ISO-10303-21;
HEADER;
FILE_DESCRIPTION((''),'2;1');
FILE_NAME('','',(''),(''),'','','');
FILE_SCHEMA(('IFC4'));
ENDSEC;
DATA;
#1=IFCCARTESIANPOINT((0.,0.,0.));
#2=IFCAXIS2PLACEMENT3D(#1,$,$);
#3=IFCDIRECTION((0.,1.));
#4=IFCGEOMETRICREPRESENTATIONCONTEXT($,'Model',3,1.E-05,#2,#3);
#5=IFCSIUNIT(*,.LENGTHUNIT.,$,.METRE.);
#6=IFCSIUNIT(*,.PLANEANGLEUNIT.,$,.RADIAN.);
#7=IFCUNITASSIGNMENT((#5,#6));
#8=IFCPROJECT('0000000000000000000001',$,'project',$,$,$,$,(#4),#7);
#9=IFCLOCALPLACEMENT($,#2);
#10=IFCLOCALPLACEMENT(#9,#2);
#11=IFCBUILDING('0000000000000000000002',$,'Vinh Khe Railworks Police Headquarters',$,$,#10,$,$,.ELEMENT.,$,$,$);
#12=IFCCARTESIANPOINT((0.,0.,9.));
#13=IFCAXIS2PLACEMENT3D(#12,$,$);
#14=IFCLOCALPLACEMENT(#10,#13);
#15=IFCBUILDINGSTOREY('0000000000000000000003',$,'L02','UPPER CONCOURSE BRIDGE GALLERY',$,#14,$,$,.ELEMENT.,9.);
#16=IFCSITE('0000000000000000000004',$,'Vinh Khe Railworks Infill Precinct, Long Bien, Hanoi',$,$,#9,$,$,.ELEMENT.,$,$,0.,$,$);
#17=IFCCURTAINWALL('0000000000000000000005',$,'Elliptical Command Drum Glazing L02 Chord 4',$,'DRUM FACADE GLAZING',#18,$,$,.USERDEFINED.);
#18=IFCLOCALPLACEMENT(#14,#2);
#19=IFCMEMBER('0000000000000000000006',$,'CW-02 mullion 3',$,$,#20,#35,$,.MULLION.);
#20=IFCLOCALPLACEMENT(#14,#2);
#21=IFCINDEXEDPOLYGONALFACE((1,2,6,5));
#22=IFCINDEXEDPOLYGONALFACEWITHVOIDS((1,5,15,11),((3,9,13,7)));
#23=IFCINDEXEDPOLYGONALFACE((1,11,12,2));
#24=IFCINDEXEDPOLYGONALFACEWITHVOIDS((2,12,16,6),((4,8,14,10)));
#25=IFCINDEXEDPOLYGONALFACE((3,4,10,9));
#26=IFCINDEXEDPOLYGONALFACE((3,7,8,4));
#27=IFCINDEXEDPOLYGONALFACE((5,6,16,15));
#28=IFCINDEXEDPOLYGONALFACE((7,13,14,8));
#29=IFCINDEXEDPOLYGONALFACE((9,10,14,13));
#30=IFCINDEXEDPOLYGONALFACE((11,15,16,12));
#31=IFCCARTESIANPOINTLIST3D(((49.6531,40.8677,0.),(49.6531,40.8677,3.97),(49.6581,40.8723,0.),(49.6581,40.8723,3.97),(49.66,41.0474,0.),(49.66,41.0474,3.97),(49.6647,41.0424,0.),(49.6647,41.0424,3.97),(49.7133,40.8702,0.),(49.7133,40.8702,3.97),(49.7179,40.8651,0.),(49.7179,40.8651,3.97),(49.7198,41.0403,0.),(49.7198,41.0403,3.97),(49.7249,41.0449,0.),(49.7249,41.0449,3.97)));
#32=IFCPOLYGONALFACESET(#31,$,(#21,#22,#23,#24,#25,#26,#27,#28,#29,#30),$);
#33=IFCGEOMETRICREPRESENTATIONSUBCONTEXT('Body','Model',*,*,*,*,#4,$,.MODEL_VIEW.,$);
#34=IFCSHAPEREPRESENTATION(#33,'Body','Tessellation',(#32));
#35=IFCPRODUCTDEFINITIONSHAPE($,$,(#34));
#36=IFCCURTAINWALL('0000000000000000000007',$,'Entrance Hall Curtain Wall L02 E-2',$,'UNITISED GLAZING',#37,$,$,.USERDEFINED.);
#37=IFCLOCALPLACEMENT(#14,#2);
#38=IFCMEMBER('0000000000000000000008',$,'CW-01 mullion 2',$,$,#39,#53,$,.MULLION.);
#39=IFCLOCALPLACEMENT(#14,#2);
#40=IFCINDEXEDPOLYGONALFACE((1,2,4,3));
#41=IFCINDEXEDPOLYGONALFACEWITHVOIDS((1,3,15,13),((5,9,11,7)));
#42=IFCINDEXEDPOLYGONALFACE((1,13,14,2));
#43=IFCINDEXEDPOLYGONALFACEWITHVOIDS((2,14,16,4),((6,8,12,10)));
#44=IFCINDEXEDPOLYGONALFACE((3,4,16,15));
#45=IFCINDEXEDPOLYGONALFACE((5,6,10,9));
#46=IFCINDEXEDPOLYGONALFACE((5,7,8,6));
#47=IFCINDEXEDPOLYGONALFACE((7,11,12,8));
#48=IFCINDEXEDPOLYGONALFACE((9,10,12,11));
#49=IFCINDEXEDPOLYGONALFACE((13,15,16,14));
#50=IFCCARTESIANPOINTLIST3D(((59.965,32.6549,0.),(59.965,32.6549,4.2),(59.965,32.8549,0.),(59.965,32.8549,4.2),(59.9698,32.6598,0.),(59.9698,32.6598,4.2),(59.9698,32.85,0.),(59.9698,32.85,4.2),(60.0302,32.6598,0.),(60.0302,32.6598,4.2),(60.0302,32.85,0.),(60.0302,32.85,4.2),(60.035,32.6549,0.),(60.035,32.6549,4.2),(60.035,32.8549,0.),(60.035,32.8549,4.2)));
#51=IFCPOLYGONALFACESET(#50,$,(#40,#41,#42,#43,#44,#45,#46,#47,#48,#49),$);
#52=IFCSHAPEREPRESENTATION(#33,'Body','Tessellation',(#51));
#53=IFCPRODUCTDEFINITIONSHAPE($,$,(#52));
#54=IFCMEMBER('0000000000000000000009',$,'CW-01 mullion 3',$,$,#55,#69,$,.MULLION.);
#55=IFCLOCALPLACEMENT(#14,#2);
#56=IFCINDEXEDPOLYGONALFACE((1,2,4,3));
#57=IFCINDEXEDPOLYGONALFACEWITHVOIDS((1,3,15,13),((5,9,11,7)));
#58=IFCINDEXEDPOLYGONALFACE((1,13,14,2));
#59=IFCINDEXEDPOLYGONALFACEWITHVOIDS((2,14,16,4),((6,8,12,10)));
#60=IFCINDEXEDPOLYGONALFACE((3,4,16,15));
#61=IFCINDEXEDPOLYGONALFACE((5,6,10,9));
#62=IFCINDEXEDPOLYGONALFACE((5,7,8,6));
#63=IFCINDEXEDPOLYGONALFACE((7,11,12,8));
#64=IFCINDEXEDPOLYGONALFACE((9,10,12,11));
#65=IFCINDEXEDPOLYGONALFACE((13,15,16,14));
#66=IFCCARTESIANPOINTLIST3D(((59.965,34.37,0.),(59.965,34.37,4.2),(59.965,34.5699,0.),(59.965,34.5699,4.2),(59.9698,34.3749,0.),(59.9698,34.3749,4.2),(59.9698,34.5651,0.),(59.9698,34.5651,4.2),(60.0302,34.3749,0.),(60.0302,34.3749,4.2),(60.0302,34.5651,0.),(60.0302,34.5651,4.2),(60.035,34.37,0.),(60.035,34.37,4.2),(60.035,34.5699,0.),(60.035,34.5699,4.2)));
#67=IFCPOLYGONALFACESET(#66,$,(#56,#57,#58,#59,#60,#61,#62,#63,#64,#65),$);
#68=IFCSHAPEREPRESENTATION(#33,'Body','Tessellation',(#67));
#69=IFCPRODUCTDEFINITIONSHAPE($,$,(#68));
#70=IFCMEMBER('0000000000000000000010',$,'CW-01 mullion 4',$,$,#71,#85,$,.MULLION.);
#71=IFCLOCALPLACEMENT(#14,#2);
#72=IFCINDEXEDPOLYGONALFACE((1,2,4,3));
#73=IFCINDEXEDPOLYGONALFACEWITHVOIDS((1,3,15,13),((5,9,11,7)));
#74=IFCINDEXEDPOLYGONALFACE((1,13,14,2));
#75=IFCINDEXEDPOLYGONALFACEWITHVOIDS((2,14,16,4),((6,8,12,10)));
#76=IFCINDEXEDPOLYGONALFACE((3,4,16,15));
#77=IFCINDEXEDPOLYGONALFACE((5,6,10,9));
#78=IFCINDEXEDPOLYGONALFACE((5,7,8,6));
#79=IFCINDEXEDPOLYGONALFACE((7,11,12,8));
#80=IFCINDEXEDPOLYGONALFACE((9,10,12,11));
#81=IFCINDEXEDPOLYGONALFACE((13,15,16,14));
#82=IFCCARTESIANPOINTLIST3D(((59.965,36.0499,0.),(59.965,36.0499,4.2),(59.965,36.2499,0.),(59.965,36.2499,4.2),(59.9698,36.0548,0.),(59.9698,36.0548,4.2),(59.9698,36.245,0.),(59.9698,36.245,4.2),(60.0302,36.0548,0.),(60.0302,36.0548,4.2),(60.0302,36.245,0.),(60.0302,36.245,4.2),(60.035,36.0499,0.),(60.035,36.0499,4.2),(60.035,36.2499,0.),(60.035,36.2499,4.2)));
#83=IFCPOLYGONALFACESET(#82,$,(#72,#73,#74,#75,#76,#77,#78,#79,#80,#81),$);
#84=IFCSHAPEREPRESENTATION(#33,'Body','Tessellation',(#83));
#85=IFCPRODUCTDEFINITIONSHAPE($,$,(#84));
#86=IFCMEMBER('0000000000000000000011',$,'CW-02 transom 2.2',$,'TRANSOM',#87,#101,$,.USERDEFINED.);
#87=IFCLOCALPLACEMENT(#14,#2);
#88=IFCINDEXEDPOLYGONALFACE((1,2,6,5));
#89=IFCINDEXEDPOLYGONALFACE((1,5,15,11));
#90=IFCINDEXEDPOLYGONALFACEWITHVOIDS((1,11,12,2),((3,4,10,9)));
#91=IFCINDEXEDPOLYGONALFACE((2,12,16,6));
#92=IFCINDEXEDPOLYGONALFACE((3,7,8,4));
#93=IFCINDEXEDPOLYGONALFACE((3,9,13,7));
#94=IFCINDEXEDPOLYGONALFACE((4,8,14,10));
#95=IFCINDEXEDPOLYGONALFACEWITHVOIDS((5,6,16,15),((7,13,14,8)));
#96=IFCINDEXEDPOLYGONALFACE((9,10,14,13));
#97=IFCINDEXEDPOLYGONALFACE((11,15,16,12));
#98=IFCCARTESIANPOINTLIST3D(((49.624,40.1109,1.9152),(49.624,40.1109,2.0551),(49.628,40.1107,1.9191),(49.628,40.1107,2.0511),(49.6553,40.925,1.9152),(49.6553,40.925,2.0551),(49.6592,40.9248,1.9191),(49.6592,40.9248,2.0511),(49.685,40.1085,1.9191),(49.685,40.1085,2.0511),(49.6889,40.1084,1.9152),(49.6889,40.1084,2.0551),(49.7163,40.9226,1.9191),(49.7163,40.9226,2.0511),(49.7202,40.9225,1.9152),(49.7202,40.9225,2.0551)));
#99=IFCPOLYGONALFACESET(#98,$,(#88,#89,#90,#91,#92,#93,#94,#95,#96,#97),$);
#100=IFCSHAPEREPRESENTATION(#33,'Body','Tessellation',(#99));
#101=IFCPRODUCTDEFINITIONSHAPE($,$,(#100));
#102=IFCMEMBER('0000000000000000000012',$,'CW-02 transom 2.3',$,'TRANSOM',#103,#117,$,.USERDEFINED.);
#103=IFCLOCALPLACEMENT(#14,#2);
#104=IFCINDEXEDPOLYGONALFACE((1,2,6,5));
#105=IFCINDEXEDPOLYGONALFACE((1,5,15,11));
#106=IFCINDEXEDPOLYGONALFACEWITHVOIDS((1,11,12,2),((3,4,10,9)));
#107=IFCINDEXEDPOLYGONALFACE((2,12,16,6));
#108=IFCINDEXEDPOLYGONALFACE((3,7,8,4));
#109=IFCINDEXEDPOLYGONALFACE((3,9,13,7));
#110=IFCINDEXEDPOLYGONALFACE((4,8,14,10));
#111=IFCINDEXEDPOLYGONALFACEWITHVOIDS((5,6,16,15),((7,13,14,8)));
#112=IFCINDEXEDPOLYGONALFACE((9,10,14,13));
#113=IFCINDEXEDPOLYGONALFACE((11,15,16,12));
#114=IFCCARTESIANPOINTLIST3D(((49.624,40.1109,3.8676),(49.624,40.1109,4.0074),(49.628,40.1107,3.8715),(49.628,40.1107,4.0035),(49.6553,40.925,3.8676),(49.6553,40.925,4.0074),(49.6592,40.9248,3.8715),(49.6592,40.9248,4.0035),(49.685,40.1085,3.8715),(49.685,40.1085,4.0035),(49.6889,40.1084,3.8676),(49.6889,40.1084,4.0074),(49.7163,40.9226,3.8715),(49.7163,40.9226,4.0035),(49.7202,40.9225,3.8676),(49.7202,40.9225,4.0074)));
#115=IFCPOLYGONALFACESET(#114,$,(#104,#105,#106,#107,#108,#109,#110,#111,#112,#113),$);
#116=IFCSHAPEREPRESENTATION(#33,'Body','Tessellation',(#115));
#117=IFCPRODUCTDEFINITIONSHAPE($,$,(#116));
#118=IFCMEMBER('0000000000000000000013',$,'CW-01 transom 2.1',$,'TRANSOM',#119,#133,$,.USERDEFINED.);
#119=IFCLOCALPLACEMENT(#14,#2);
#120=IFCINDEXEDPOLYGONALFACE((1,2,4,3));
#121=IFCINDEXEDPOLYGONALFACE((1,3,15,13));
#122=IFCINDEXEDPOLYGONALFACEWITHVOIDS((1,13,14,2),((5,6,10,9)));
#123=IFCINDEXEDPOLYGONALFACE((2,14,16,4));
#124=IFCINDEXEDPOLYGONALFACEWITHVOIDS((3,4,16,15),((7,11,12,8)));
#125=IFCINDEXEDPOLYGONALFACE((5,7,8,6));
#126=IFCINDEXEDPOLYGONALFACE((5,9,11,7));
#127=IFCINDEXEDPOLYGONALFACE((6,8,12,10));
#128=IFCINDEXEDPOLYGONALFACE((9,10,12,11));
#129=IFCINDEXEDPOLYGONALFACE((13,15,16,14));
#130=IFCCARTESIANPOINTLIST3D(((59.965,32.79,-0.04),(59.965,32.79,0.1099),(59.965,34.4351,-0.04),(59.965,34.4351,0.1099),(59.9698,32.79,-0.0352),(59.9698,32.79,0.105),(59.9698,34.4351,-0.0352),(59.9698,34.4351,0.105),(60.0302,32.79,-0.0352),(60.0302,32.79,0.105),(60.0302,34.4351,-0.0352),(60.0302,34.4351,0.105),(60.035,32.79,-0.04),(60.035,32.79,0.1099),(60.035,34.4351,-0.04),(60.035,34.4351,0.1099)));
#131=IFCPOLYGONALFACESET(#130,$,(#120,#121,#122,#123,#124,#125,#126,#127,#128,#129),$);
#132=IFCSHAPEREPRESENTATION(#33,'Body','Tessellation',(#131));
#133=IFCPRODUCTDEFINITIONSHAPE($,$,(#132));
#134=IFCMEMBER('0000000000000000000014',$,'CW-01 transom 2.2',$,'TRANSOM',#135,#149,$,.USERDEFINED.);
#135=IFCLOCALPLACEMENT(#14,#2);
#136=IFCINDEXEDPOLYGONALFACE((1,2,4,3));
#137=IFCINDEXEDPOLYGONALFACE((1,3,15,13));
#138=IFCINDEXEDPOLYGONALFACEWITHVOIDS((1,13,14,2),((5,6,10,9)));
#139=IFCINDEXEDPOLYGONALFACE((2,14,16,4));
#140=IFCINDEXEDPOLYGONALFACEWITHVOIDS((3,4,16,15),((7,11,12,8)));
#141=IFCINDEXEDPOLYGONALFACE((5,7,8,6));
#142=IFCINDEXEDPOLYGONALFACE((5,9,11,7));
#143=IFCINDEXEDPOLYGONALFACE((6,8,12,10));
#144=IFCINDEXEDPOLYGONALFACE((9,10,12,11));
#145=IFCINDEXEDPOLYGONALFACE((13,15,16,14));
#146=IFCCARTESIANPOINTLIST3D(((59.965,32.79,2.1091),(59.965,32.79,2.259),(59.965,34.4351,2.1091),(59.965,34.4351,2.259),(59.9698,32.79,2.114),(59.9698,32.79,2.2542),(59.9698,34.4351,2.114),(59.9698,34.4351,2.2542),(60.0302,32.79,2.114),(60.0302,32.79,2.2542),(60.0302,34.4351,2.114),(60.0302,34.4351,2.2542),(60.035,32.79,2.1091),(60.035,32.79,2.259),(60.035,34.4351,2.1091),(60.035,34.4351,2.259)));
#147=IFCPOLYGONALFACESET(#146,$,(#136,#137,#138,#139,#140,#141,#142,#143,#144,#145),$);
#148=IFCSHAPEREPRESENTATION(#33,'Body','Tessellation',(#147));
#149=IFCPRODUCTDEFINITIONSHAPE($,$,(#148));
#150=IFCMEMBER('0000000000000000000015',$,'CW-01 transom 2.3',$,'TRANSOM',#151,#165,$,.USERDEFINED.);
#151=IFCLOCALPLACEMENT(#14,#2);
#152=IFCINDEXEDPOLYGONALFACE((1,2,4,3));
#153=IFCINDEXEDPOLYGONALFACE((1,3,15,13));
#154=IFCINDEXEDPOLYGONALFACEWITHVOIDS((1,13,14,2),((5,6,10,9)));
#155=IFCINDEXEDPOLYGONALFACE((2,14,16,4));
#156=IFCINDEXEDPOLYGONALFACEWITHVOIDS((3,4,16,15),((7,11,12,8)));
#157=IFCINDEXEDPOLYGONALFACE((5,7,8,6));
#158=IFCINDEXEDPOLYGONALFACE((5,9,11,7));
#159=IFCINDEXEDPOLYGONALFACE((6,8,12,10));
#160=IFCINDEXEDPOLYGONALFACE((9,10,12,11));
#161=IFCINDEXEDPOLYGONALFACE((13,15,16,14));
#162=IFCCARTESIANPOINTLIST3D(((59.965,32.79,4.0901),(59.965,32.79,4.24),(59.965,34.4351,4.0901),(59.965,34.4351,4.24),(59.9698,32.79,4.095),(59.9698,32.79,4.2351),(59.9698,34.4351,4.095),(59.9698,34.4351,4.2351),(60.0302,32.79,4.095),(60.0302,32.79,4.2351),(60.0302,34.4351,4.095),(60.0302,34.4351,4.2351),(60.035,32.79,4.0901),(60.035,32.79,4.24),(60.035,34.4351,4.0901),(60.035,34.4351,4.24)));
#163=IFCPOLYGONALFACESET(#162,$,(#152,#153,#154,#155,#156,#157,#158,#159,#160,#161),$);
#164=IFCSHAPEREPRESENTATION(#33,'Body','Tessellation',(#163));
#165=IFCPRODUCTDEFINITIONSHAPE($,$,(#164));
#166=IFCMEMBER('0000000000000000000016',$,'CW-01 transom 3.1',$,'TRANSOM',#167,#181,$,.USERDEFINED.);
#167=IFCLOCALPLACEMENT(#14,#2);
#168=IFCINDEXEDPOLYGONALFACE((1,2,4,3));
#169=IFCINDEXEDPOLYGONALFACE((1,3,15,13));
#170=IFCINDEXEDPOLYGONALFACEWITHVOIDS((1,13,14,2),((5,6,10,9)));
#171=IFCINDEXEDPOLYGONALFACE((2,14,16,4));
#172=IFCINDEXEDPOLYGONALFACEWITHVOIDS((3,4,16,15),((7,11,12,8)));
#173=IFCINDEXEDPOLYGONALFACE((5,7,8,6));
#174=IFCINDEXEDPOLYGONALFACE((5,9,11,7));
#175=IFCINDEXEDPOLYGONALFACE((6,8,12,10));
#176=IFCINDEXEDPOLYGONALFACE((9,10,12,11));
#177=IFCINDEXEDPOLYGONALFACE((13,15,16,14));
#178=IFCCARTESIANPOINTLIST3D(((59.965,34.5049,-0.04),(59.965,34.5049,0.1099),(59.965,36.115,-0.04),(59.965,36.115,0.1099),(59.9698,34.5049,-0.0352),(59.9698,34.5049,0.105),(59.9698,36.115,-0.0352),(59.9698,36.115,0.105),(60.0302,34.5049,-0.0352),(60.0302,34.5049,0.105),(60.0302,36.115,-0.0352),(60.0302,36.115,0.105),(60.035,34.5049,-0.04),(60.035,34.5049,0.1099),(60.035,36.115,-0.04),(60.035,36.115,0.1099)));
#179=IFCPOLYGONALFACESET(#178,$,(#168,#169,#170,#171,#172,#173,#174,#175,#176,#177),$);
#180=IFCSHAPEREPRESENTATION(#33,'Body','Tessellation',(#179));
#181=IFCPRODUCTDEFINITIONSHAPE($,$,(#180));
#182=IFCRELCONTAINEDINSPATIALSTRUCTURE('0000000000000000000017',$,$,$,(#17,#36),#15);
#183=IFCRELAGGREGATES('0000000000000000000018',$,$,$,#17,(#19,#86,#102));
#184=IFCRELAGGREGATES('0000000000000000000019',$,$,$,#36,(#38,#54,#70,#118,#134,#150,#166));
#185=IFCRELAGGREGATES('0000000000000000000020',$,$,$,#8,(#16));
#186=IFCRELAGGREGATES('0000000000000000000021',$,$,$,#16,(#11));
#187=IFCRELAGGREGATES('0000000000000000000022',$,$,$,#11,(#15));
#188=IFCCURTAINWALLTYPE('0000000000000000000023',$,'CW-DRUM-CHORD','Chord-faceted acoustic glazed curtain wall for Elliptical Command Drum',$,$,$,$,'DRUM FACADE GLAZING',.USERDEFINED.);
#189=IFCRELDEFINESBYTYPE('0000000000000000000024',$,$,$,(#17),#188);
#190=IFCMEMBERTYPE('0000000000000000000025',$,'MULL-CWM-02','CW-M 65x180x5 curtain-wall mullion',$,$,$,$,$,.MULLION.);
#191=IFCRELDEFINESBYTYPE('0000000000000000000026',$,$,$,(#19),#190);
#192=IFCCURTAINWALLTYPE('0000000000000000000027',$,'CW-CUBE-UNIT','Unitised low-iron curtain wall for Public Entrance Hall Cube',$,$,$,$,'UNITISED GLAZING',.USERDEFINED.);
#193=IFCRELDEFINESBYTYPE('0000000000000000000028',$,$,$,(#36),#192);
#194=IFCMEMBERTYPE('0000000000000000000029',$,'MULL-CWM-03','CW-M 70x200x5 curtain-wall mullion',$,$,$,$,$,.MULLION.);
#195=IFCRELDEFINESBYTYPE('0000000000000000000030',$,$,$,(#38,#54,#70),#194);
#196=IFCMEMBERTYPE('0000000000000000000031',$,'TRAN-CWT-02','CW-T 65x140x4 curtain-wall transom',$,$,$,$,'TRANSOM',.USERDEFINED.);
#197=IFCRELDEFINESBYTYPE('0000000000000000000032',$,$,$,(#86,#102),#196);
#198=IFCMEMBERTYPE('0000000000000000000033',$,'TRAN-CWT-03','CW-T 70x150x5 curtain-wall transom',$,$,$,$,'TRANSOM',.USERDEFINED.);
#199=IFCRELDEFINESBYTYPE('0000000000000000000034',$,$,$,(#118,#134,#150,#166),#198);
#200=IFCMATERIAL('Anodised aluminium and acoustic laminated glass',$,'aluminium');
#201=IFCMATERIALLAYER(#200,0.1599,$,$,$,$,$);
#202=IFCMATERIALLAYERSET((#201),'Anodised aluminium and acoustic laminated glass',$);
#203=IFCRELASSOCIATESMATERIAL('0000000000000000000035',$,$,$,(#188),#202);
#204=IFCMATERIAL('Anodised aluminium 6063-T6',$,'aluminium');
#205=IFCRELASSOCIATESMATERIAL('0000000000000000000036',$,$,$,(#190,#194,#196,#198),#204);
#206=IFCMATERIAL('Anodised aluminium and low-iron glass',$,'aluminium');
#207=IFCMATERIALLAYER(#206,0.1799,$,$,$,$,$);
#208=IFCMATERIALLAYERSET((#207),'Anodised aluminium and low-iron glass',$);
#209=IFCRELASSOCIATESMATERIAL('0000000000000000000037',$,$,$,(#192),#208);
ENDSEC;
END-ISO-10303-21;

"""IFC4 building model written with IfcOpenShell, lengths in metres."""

from ifc_helpers import new_model, si_unit, direction, frame, origin, origin_2d, place, context, subcontext, project, spatial, hollow_rectangle, extrude, material, layer, layer_set, material_profile, profile_set, type_object, element, aggregate, save


model = new_model("IFC4")

# Units and contexts
model_context = context("Model", 3, precision=1e-05, world=origin(), true_north=direction((0.0, 1.0)))
body_context = subcontext(model_context, "Body", "Model", "MODEL_VIEW")
ifc_project = project(units=[si_unit("LENGTHUNIT", "METRE"), si_unit("PLANEANGLEUNIT", "RADIAN")], contexts=[model_context])

# Site, building, storey
site_placement = place(None, origin())
site = spatial("IfcSite", under=ifc_project, at=site_placement, Name="Vinh Khe Railworks Infill Precinct, Long Bien, Hanoi", CompositionType="ELEMENT", RefElevation=0.0)
building_placement = place(site_placement, origin())
building = spatial("IfcBuilding", under=site, at=building_placement, Name="Vinh Khe Railworks Police Headquarters", CompositionType="ELEMENT")
storey_placement = place(building_placement, frame((0.0, 0.0, 9.0)))
storey = spatial("IfcBuildingStorey", under=building, at=storey_placement, Name="L02", Description="UPPER CONCOURSE BRIDGE GALLERY", CompositionType="ELEMENT", Elevation=9.0)

# Curtain wall, member
ifc_material_1 = material(Name="Anodised aluminium and acoustic laminated glass", Category="aluminium")
ifc_layer_1 = layer(ifc_material_1, 0.1599)
ifc_layer_set_1 = layer_set([ifc_layer_1], Name="Anodised aluminium and acoustic laminated glass")
curtain_wall_type_1 = type_object("IfcCurtainWallType", Name="CW-DRUM-CHORD", Description="Chord-faceted acoustic glazed curtain wall for Elliptical Command Drum", ElementType="DRUM FACADE GLAZING", PredefinedType="USERDEFINED", material=ifc_layer_set_1)
curtain_wall_1_placement = place(storey_placement, origin())
curtain_wall_1 = element("IfcCurtainWall", 1, at=curtain_wall_1_placement, inside=storey, type_object=curtain_wall_type_1, Name="Elliptical Command Drum Glazing L02 Chord 4", ObjectType="DRUM FACADE GLAZING", PredefinedType="USERDEFINED")
ifc_material_2 = material(Name="Anodised aluminium 6063-T6", Category="aluminium")
ifc_material_profile_1 = material_profile(ifc_material_2, hollow_rectangle(XDim=0.0649, YDim=0.1799, WallThickness=0.0049, at=origin_2d()), Name="CW-M 65x180x5")
ifc_profile_set_1 = profile_set([ifc_material_profile_1], Name="Anodised aluminium 6063-T6")
member_type_1 = type_object("IfcMemberType", Name="MULL-CWM-02", Description="CW-M 65x180x5 curtain-wall mullion", PredefinedType="MULLION", material=ifc_profile_set_1)
member_1_placement = place(storey_placement, frame((49.689, 40.9563, 0.0), z_axis=(0.0, 0.0, 1.0), x_axis=(-0.999258, 0.038513, 0.0)))
member_1 = element("IfcMember", 2, at=member_1_placement, type_object=member_type_1, Name="CW-02 mullion 3", PredefinedType="MULLION", context=body_context, shape_type="SweptSolid", body=[
    extrude(hollow_rectangle(XDim=0.0649, YDim=0.1799, WallThickness=0.0049, at=origin_2d()), origin(), (0.0, 0.0, 1.0), 3.97),
])

# Curtain wall, members
ifc_material_3 = material(Name="Anodised aluminium and low-iron glass", Category="aluminium")
ifc_layer_2 = layer(ifc_material_3, 0.1799)
ifc_layer_set_2 = layer_set([ifc_layer_2], Name="Anodised aluminium and low-iron glass")
curtain_wall_type_2 = type_object("IfcCurtainWallType", Name="CW-CUBE-UNIT", Description="Unitised low-iron curtain wall for Public Entrance Hall Cube", ElementType="UNITISED GLAZING", PredefinedType="USERDEFINED", material=ifc_layer_set_2)
curtain_wall_2_placement = place(storey_placement, origin())
curtain_wall_2 = element("IfcCurtainWall", 3, at=curtain_wall_2_placement, inside=storey, type_object=curtain_wall_type_2, Name="Entrance Hall Curtain Wall L02 E-2", ObjectType="UNITISED GLAZING", PredefinedType="USERDEFINED")
ifc_material_profile_2 = material_profile(ifc_material_2, hollow_rectangle(XDim=0.0701, YDim=0.2, WallThickness=0.0049, at=origin_2d()), Name="CW-M 70x200x5")
ifc_profile_set_2 = profile_set([ifc_material_profile_2], Name="Anodised aluminium 6063-T6")
member_type_2 = type_object("IfcMemberType", Name="MULL-CWM-03", Description="CW-M 70x200x5 curtain-wall mullion", PredefinedType="MULLION", material=ifc_profile_set_2)
member_2_placement = place(storey_placement, frame((60.0, 32.7549, 0.0), z_axis=(0.0, 0.0, 1.0), x_axis=(-1.0, 0.0, 0.0)))
member_2 = element("IfcMember", 4, at=member_2_placement, type_object=member_type_2, Name="CW-01 mullion 2", PredefinedType="MULLION", context=body_context, shape_type="SweptSolid", body=[
    extrude(hollow_rectangle(XDim=0.0701, YDim=0.2, WallThickness=0.0049, at=origin_2d()), origin(), (0.0, 0.0, 1.0), 4.2),
])
member_3_placement = place(storey_placement, frame((60.0, 34.47, 0.0), z_axis=(0.0, 0.0, 1.0), x_axis=(-1.0, 0.0, 0.0)))
member_3 = element("IfcMember", 5, at=member_3_placement, type_object=member_type_2, Name="CW-01 mullion 3", PredefinedType="MULLION", context=body_context, shape_type="SweptSolid", body=[
    extrude(hollow_rectangle(XDim=0.0701, YDim=0.2, WallThickness=0.0049, at=origin_2d()), origin(), (0.0, 0.0, 1.0), 4.2),
])
member_4_placement = place(storey_placement, frame((60.0, 36.1499, 0.0), z_axis=(0.0, 0.0, 1.0), x_axis=(-1.0, 0.0, 0.0)))
member_4 = element("IfcMember", 6, at=member_4_placement, type_object=member_type_2, Name="CW-01 mullion 4", PredefinedType="MULLION", context=body_context, shape_type="SweptSolid", body=[
    extrude(hollow_rectangle(XDim=0.0701, YDim=0.2, WallThickness=0.0049, at=origin_2d()), origin(), (0.0, 0.0, 1.0), 4.2),
])

# Members
ifc_material_profile_3 = material_profile(ifc_material_2, hollow_rectangle(XDim=0.0649, YDim=0.1399, WallThickness=0.0039, at=origin_2d()), Name="CW-T 65x140x4")
ifc_profile_set_3 = profile_set([ifc_material_profile_3], Name="Anodised aluminium 6063-T6")
member_type_3 = type_object("IfcMemberType", Name="TRAN-CWT-02", Description="CW-T 65x140x4 curtain-wall transom", ElementType="TRANSOM", PredefinedType="USERDEFINED", material=ifc_profile_set_3)
member_5_placement = place(storey_placement, frame((49.6565, 40.1096, 1.9851), z_axis=(0.038353, 0.999264, 0.0), x_axis=(-0.999264, 0.038353, 0.0)))
member_5 = element("IfcMember", 7, at=member_5_placement, type_object=member_type_3, Name="CW-02 transom 2.2", ObjectType="TRANSOM", PredefinedType="USERDEFINED", context=body_context, shape_type="SweptSolid", body=[
    extrude(hollow_rectangle(XDim=0.0649, YDim=0.1399, WallThickness=0.0039, at=origin_2d()), origin(), (0.0, 0.0, 1.0), 0.8147),
])
member_6_placement = place(storey_placement, frame((49.6565, 40.1096, 3.9375), z_axis=(0.038353, 0.999264, 0.0), x_axis=(-0.999264, 0.038353, 0.0)))
member_6 = element("IfcMember", 8, at=member_6_placement, type_object=member_type_3, Name="CW-02 transom 2.3", ObjectType="TRANSOM", PredefinedType="USERDEFINED", context=body_context, shape_type="SweptSolid", body=[
    extrude(hollow_rectangle(XDim=0.0649, YDim=0.1399, WallThickness=0.0039, at=origin_2d()), origin(), (0.0, 0.0, 1.0), 0.8147),
])
ifc_material_profile_4 = material_profile(ifc_material_2, hollow_rectangle(XDim=0.0701, YDim=0.1499, WallThickness=0.0049, at=origin_2d()), Name="CW-T 70x150x5")
ifc_profile_set_4 = profile_set([ifc_material_profile_4], Name="Anodised aluminium 6063-T6")
member_type_4 = type_object("IfcMemberType", Name="TRAN-CWT-03", Description="CW-T 70x150x5 curtain-wall transom", ElementType="TRANSOM", PredefinedType="USERDEFINED", material=ifc_profile_set_4)
member_7_placement = place(storey_placement, frame((60.0, 32.79, 0.0349), z_axis=(0.0, 1.0, 0.0), x_axis=(-1.0, 0.0, 0.0)))
member_7 = element("IfcMember", 9, at=member_7_placement, type_object=member_type_4, Name="CW-01 transom 2.1", ObjectType="TRANSOM", PredefinedType="USERDEFINED", context=body_context, shape_type="SweptSolid", body=[
    extrude(hollow_rectangle(XDim=0.0701, YDim=0.1499, WallThickness=0.0049, at=origin_2d()), origin(), (0.0, 0.0, 1.0), 1.645),
])
member_8_placement = place(storey_placement, frame((60.0, 32.79, 2.1841), z_axis=(0.0, 1.0, 0.0), x_axis=(-1.0, 0.0, 0.0)))
member_8 = element("IfcMember", 10, at=member_8_placement, type_object=member_type_4, Name="CW-01 transom 2.2", ObjectType="TRANSOM", PredefinedType="USERDEFINED", context=body_context, shape_type="SweptSolid", body=[
    extrude(hollow_rectangle(XDim=0.0701, YDim=0.1499, WallThickness=0.0049, at=origin_2d()), origin(), (0.0, 0.0, 1.0), 1.645),
])
member_9_placement = place(storey_placement, frame((60.0, 32.79, 4.165), z_axis=(0.0, 1.0, 0.0), x_axis=(-1.0, 0.0, 0.0)))
member_9 = element("IfcMember", 11, at=member_9_placement, type_object=member_type_4, Name="CW-01 transom 2.3", ObjectType="TRANSOM", PredefinedType="USERDEFINED", context=body_context, shape_type="SweptSolid", body=[
    extrude(hollow_rectangle(XDim=0.0701, YDim=0.1499, WallThickness=0.0049, at=origin_2d()), origin(), (0.0, 0.0, 1.0), 1.645),
])
member_10_placement = place(storey_placement, frame((60.0, 34.5049, 0.0349), z_axis=(0.0, 1.0, 0.0), x_axis=(-1.0, 0.0, 0.0)))
member_10 = element("IfcMember", 12, at=member_10_placement, type_object=member_type_4, Name="CW-01 transom 3.1", ObjectType="TRANSOM", PredefinedType="USERDEFINED", context=body_context, shape_type="SweptSolid", body=[
    extrude(hollow_rectangle(XDim=0.0701, YDim=0.1499, WallThickness=0.0049, at=origin_2d()), origin(), (0.0, 0.0, 1.0), 1.6101),
])

aggregate(curtain_wall_1, [member_1, member_5, member_6])
aggregate(curtain_wall_2, [member_2, member_3, member_4, member_7, member_8, member_9, member_10])

save(model, "model.ifc")
